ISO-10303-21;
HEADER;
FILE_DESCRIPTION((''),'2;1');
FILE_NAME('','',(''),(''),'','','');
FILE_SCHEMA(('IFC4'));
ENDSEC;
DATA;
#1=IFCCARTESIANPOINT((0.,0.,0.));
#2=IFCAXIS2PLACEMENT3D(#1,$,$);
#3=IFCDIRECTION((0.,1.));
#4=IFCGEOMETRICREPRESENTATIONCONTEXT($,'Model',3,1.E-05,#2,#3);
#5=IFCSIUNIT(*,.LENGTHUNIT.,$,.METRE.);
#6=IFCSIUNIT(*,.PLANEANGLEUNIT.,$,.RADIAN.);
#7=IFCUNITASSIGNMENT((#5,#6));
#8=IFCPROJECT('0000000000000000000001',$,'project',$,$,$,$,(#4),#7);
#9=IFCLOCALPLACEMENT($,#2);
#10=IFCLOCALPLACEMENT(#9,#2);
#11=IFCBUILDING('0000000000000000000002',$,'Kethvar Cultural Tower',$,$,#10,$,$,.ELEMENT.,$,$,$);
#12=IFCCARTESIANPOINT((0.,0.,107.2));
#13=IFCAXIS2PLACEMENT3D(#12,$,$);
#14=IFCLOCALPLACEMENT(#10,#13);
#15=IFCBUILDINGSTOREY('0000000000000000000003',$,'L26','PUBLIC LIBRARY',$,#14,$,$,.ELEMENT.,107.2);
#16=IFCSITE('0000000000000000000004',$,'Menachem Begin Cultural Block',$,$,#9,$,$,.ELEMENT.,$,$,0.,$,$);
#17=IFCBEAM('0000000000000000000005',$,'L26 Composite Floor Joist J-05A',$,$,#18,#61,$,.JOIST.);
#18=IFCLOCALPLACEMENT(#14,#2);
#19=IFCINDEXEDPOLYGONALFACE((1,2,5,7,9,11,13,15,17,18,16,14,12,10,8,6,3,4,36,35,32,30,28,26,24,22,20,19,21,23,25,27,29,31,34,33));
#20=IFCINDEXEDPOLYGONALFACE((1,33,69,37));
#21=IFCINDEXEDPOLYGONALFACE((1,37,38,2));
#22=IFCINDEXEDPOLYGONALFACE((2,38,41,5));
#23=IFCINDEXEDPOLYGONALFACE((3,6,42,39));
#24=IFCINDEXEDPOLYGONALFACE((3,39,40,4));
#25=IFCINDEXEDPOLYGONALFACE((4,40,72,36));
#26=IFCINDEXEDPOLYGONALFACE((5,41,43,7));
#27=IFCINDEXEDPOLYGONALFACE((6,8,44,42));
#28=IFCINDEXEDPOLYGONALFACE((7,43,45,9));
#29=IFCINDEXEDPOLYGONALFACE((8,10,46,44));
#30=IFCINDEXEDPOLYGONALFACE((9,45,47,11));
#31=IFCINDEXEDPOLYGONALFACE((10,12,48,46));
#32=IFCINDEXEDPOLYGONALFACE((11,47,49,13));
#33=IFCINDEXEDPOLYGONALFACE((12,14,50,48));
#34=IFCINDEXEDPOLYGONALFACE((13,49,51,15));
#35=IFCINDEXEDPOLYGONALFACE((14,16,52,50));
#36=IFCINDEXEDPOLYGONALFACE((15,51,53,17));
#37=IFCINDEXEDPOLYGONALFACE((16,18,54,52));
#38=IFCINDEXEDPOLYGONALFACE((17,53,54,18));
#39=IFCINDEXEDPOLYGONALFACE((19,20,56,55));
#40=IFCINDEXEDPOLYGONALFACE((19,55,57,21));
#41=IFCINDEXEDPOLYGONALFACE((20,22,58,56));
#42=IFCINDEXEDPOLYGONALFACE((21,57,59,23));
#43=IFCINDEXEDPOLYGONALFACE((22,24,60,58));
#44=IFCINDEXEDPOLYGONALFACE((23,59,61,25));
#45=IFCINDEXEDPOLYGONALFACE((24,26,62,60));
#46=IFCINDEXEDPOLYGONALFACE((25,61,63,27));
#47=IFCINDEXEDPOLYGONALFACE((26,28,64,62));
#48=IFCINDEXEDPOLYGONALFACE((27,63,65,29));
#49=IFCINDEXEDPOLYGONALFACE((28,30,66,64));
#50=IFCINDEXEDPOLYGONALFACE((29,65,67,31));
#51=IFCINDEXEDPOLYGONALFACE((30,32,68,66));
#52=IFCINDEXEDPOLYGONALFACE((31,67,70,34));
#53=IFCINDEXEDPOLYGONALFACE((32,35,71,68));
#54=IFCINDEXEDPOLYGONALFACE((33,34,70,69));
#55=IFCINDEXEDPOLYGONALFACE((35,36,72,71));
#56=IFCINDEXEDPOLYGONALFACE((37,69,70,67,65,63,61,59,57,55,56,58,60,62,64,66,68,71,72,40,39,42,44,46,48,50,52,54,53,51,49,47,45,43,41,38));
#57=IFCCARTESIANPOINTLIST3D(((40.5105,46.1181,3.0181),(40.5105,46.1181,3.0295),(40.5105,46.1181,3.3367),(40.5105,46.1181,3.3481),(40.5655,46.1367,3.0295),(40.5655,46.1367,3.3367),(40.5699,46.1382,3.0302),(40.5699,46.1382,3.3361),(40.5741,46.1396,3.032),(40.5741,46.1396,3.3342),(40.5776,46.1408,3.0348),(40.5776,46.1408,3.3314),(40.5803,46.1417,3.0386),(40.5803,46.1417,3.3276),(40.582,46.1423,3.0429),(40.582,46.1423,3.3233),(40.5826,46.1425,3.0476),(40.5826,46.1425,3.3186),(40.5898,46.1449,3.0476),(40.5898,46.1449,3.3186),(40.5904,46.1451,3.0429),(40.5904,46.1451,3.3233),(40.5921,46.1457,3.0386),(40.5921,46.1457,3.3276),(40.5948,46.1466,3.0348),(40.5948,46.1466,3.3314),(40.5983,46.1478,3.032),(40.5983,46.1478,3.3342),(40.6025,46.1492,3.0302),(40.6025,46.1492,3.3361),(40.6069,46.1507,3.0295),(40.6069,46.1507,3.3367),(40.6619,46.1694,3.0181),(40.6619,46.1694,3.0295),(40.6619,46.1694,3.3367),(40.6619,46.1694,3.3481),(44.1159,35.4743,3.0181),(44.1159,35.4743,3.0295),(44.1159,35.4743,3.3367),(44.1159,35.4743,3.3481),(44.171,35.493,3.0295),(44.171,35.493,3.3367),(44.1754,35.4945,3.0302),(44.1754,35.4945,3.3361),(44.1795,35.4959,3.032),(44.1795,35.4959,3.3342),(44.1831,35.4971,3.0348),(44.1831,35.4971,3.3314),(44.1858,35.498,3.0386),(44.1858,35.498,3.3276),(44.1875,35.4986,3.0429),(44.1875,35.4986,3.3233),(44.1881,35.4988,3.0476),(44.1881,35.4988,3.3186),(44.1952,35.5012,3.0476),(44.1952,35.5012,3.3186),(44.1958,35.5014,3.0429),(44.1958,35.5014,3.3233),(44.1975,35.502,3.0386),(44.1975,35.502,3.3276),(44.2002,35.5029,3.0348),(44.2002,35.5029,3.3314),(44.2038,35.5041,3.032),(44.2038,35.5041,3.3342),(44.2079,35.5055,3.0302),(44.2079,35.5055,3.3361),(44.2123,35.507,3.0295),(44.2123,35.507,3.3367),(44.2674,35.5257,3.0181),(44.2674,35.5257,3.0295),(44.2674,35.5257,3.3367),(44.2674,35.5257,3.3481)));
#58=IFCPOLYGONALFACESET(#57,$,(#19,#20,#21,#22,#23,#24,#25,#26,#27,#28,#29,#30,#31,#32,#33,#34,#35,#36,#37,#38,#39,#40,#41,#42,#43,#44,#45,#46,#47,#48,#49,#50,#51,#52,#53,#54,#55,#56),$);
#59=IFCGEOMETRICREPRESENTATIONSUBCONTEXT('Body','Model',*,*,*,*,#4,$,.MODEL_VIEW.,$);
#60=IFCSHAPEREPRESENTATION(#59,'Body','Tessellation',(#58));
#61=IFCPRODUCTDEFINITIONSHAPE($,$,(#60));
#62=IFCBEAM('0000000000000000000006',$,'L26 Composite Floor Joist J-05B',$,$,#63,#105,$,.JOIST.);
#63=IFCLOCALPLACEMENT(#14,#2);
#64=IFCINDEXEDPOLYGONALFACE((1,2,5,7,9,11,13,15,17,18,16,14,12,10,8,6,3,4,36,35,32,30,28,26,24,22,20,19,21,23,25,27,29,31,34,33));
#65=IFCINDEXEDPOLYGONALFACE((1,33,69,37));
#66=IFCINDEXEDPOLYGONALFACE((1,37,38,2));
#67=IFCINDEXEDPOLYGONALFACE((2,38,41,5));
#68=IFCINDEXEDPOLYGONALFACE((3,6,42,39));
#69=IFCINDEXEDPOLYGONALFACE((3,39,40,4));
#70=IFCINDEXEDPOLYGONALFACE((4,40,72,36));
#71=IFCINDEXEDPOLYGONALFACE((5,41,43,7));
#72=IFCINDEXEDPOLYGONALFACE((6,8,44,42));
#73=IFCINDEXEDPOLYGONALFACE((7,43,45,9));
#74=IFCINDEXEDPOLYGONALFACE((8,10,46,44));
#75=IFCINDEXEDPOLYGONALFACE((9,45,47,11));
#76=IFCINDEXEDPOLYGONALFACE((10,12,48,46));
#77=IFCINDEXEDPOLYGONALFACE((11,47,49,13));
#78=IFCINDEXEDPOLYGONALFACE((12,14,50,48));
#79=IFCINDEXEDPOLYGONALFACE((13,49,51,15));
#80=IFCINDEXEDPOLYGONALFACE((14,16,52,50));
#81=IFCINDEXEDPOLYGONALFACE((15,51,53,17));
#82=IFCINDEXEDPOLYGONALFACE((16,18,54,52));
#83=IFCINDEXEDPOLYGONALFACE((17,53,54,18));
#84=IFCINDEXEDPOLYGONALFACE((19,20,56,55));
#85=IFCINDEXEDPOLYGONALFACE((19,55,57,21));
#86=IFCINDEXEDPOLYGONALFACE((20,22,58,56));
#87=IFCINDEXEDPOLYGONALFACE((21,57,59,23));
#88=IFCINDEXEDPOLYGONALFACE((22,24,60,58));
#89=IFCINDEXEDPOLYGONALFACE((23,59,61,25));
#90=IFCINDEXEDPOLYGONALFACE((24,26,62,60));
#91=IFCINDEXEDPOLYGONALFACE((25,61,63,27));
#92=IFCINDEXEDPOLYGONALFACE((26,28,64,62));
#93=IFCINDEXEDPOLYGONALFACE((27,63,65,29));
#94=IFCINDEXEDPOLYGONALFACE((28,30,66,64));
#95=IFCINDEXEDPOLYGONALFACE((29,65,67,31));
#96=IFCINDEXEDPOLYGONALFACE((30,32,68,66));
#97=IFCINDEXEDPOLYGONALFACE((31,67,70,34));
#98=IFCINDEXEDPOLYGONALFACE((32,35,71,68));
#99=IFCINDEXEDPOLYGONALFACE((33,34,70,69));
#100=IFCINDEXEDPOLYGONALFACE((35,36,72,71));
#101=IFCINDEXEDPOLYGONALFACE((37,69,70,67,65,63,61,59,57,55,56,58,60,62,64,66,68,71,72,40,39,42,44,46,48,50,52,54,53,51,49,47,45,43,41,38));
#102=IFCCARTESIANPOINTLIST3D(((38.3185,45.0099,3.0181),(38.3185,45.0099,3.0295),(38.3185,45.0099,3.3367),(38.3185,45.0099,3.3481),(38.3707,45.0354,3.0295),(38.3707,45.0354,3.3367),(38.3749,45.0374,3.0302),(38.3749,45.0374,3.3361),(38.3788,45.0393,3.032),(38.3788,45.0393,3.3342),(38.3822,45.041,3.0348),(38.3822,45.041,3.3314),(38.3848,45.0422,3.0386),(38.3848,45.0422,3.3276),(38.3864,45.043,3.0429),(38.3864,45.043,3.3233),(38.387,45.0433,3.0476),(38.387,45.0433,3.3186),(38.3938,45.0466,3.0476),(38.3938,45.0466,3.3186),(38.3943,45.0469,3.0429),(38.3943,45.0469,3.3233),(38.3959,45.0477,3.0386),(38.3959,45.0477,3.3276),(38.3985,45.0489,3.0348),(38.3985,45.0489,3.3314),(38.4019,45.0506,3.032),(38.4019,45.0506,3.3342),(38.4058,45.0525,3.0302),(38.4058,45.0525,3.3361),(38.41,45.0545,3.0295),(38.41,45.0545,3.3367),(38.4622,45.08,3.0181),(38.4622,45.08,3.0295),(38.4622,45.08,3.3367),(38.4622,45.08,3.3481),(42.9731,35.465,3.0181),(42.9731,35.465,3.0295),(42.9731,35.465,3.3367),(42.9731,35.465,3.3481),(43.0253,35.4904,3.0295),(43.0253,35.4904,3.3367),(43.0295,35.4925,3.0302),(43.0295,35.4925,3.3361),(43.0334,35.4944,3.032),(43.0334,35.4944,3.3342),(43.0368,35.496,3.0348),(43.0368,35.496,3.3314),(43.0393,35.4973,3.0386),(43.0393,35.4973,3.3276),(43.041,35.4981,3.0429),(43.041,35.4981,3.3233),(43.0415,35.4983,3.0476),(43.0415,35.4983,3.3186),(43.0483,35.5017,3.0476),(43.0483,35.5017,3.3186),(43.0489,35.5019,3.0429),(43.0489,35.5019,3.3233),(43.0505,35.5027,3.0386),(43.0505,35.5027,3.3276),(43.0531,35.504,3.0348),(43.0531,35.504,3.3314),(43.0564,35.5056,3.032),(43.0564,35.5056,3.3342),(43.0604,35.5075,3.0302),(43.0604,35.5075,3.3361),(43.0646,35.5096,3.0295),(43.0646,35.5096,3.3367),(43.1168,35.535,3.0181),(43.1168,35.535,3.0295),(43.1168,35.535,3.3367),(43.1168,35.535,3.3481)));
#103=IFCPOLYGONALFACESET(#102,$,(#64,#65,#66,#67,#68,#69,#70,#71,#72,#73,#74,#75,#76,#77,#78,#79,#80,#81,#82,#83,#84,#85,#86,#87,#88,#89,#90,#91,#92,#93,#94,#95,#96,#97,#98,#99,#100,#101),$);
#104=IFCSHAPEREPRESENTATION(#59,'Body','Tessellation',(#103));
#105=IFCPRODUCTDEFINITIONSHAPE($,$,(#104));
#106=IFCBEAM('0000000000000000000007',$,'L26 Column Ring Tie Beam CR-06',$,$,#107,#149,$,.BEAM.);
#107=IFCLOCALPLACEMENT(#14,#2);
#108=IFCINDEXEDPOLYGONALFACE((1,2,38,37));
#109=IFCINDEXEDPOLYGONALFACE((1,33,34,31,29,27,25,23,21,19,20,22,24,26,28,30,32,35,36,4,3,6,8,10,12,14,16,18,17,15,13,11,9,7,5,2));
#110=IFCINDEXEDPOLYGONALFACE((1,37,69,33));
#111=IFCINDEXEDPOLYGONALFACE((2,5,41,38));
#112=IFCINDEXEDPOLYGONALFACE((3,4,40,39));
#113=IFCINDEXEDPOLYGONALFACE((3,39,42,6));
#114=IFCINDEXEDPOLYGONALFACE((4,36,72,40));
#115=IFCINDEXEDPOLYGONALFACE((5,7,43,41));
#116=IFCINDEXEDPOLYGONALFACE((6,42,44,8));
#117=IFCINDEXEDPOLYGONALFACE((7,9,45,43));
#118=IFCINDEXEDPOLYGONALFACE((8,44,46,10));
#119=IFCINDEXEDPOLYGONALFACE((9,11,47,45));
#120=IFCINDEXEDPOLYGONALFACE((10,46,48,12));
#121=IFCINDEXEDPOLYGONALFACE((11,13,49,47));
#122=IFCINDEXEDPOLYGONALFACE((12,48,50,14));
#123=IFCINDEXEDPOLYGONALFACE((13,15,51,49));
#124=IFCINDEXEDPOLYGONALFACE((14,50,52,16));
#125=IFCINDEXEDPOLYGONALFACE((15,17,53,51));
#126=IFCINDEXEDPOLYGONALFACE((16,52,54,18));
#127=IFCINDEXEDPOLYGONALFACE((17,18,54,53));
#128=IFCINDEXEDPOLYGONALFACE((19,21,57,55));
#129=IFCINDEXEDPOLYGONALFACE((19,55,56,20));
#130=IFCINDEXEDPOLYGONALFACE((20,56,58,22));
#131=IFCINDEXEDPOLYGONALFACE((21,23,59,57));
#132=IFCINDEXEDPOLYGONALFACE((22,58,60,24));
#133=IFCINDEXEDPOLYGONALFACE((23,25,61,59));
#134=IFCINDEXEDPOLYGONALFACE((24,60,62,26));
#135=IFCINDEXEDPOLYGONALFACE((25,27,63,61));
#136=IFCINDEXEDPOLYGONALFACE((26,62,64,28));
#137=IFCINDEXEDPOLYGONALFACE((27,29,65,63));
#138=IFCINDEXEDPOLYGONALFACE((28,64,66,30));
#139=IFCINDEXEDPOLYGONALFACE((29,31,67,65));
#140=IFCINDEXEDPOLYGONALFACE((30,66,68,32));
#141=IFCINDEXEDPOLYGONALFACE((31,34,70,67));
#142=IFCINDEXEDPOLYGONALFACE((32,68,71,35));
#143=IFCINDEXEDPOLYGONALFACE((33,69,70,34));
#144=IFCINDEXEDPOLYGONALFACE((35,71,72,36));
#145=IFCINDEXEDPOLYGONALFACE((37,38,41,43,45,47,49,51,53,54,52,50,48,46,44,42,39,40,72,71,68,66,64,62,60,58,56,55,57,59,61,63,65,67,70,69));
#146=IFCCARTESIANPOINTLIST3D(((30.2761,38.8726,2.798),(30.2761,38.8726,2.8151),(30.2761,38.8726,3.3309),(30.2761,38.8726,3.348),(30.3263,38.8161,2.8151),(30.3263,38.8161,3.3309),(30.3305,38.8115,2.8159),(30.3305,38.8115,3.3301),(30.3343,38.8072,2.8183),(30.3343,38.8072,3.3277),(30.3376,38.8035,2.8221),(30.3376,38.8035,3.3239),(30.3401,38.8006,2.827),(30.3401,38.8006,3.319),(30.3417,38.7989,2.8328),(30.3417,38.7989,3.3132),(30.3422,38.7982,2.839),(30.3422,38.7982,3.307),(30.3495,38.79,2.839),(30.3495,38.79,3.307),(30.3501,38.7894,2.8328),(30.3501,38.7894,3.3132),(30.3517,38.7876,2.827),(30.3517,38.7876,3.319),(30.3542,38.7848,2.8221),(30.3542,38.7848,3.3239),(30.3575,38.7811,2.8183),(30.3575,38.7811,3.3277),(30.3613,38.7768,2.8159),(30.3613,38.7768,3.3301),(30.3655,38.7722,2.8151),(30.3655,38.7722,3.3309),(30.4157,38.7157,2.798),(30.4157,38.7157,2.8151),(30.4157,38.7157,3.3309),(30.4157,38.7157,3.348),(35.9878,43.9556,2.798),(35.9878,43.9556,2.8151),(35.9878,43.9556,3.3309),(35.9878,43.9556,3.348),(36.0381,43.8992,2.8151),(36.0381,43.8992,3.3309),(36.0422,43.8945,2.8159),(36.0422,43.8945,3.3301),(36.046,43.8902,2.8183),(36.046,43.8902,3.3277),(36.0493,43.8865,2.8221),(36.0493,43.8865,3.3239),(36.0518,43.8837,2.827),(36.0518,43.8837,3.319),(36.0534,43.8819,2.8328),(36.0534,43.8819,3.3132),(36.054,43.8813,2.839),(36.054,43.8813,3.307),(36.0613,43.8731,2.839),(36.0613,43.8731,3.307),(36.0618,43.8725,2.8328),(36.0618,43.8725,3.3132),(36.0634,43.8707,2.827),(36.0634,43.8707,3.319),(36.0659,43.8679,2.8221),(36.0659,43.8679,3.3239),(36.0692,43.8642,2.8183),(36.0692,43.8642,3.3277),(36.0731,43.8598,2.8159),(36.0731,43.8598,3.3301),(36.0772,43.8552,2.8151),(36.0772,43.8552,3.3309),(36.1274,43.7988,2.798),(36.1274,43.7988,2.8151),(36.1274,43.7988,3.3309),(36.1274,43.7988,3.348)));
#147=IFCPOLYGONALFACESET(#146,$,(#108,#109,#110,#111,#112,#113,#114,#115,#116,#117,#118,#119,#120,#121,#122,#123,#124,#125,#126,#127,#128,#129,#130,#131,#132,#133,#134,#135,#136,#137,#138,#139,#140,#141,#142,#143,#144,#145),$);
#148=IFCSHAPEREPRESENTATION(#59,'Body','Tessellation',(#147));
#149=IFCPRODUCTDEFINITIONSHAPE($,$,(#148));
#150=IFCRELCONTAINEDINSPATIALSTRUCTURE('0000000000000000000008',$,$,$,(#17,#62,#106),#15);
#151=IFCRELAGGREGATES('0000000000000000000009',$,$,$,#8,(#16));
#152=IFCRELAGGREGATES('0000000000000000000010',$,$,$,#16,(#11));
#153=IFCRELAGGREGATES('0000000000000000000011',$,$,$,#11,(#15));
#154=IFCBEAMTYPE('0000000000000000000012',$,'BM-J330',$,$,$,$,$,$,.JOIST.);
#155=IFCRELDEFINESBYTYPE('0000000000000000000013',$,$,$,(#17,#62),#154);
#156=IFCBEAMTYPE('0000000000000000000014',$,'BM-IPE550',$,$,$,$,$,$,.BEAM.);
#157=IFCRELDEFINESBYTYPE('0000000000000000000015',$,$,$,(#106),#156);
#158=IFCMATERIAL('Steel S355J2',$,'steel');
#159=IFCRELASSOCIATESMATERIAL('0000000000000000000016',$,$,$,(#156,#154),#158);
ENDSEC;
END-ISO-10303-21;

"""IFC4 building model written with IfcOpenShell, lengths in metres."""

from ifc_helpers import new_model, si_unit, direction, frame, origin, origin_2d, place, context, subcontext, project, spatial, i_section, extrude, source, transform, mapped, material, material_profile, profile_set, type_object, element, save


model = new_model("IFC4")

# Units and contexts
model_context = context("Model", 3, precision=1e-05, world=origin(), true_north=direction((0.0, 1.0)))
body_context = subcontext(model_context, "Body", "Model", "MODEL_VIEW")
ifc_project = project(units=[si_unit("LENGTHUNIT", "METRE"), si_unit("PLANEANGLEUNIT", "RADIAN")], contexts=[model_context])

# Site, building, storey
site_placement = place(None, origin())
site = spatial("IfcSite", under=ifc_project, at=site_placement, Name="Menachem Begin Cultural Block", CompositionType="ELEMENT", RefElevation=0.0)
building_placement = place(site_placement, origin())
building = spatial("IfcBuilding", under=site, at=building_placement, Name="Kethvar Cultural Tower", CompositionType="ELEMENT")
storey_placement = place(building_placement, frame((0.0, 0.0, 107.2)))
storey = spatial("IfcBuildingStorey", under=building, at=storey_placement, Name="L26", Description="PUBLIC LIBRARY", CompositionType="ELEMENT", Elevation=107.2)

# Beams
ifc_material_1 = material(Name="Steel S355J2", Category="steel")
ifc_material_profile_1 = material_profile(ifc_material_1, i_section(OverallWidth=0.21, OverallDepth=0.55, WebThickness=0.011, FlangeThickness=0.0171, FilletRadius=0.0239, at=origin_2d()), Name="Steel S355J2 — IPE550")
ifc_profile_set_1 = profile_set([ifc_material_profile_1], Name="Steel S355J2 — IPE550")
beam_type_1 = type_object("IfcBeamType", Name="BM-IPE550", PredefinedType="BEAM", material=ifc_profile_set_1)
ifc_material_profile_2 = material_profile(ifc_material_1, i_section(OverallWidth=0.1599, OverallDepth=0.3301, WebThickness=0.0076, FlangeThickness=0.0115, FilletRadius=0.0181, at=origin_2d()), Name="Steel S355J2 — IPE330")
ifc_profile_set_2 = profile_set([ifc_material_profile_2], Name="Steel S355J2 — IPE330")
beam_type_2 = type_object("IfcBeamType", Name="BM-J330", PredefinedType="JOIST", material=ifc_profile_set_2)
shared_shape_1 = source(origin(), body_context, "Body", "SweptSolid", [
    extrude(i_section(OverallWidth=0.1599, OverallDepth=0.3301, WebThickness=0.0076, FlangeThickness=0.0115, FilletRadius=0.0181, at=origin_2d()), origin(), (0.0, 0.0, 1.0), 11.2378),
])
beam_1_placement = place(storey_placement, frame((44.1917, 35.5, 3.1831), z_axis=(-0.320832, 0.947136, 0.0), x_axis=(-0.947136, -0.320832, 0.0)))
element("IfcBeam", 1, at=beam_1_placement, inside=storey, type_object=beam_type_2, Name="L26 Composite Floor Joist J-05A", PredefinedType="JOIST", context=body_context, shape_type="MappedRepresentation", body=[
    mapped(shared_shape_1, transform((0.0, 0.0, 0.0), scale=1.0)),
])
shared_shape_2 = source(origin(), body_context, "Body", "SweptSolid", [
    extrude(i_section(OverallWidth=0.1599, OverallDepth=0.3301, WebThickness=0.0076, FlangeThickness=0.0115, FilletRadius=0.0181, at=origin_2d()), origin(), (0.0, 0.0, 1.0), 10.6194),
])
beam_2_placement = place(storey_placement, frame((43.0449, 35.5, 3.1831), z_axis=(-0.438308, 0.898825, 0.0), x_axis=(-0.898825, -0.438308, 0.0)))
element("IfcBeam", 2, at=beam_2_placement, inside=storey, type_object=beam_type_2, Name="L26 Composite Floor Joist J-05B", PredefinedType="JOIST", context=body_context, shape_type="MappedRepresentation", body=[
    mapped(shared_shape_2, transform((0.0, 0.0, 0.0), scale=1.0)),
])
shared_shape_3 = source(origin(), body_context, "Body", "SweptSolid", [
    extrude(i_section(OverallWidth=0.21, OverallDepth=0.55, WebThickness=0.011, FlangeThickness=0.0171, FilletRadius=0.0239, at=origin_2d()), origin(), (0.0, 0.0, 1.0), 7.646),
])
beam_3_placement = place(storey_placement, frame((36.0576, 43.8772, 3.073), z_axis=(-0.747022, -0.6648, 0.0), x_axis=(0.6648, -0.747022, 0.0)))
element("IfcBeam", 3, at=beam_3_placement, inside=storey, type_object=beam_type_1, Name="L26 Column Ring Tie Beam CR-06", PredefinedType="BEAM", context=body_context, shape_type="MappedRepresentation", body=[
    mapped(shared_shape_3, transform((0.0, 0.0, 0.0), scale=1.0)),
])

save(model, "model.ifc")
